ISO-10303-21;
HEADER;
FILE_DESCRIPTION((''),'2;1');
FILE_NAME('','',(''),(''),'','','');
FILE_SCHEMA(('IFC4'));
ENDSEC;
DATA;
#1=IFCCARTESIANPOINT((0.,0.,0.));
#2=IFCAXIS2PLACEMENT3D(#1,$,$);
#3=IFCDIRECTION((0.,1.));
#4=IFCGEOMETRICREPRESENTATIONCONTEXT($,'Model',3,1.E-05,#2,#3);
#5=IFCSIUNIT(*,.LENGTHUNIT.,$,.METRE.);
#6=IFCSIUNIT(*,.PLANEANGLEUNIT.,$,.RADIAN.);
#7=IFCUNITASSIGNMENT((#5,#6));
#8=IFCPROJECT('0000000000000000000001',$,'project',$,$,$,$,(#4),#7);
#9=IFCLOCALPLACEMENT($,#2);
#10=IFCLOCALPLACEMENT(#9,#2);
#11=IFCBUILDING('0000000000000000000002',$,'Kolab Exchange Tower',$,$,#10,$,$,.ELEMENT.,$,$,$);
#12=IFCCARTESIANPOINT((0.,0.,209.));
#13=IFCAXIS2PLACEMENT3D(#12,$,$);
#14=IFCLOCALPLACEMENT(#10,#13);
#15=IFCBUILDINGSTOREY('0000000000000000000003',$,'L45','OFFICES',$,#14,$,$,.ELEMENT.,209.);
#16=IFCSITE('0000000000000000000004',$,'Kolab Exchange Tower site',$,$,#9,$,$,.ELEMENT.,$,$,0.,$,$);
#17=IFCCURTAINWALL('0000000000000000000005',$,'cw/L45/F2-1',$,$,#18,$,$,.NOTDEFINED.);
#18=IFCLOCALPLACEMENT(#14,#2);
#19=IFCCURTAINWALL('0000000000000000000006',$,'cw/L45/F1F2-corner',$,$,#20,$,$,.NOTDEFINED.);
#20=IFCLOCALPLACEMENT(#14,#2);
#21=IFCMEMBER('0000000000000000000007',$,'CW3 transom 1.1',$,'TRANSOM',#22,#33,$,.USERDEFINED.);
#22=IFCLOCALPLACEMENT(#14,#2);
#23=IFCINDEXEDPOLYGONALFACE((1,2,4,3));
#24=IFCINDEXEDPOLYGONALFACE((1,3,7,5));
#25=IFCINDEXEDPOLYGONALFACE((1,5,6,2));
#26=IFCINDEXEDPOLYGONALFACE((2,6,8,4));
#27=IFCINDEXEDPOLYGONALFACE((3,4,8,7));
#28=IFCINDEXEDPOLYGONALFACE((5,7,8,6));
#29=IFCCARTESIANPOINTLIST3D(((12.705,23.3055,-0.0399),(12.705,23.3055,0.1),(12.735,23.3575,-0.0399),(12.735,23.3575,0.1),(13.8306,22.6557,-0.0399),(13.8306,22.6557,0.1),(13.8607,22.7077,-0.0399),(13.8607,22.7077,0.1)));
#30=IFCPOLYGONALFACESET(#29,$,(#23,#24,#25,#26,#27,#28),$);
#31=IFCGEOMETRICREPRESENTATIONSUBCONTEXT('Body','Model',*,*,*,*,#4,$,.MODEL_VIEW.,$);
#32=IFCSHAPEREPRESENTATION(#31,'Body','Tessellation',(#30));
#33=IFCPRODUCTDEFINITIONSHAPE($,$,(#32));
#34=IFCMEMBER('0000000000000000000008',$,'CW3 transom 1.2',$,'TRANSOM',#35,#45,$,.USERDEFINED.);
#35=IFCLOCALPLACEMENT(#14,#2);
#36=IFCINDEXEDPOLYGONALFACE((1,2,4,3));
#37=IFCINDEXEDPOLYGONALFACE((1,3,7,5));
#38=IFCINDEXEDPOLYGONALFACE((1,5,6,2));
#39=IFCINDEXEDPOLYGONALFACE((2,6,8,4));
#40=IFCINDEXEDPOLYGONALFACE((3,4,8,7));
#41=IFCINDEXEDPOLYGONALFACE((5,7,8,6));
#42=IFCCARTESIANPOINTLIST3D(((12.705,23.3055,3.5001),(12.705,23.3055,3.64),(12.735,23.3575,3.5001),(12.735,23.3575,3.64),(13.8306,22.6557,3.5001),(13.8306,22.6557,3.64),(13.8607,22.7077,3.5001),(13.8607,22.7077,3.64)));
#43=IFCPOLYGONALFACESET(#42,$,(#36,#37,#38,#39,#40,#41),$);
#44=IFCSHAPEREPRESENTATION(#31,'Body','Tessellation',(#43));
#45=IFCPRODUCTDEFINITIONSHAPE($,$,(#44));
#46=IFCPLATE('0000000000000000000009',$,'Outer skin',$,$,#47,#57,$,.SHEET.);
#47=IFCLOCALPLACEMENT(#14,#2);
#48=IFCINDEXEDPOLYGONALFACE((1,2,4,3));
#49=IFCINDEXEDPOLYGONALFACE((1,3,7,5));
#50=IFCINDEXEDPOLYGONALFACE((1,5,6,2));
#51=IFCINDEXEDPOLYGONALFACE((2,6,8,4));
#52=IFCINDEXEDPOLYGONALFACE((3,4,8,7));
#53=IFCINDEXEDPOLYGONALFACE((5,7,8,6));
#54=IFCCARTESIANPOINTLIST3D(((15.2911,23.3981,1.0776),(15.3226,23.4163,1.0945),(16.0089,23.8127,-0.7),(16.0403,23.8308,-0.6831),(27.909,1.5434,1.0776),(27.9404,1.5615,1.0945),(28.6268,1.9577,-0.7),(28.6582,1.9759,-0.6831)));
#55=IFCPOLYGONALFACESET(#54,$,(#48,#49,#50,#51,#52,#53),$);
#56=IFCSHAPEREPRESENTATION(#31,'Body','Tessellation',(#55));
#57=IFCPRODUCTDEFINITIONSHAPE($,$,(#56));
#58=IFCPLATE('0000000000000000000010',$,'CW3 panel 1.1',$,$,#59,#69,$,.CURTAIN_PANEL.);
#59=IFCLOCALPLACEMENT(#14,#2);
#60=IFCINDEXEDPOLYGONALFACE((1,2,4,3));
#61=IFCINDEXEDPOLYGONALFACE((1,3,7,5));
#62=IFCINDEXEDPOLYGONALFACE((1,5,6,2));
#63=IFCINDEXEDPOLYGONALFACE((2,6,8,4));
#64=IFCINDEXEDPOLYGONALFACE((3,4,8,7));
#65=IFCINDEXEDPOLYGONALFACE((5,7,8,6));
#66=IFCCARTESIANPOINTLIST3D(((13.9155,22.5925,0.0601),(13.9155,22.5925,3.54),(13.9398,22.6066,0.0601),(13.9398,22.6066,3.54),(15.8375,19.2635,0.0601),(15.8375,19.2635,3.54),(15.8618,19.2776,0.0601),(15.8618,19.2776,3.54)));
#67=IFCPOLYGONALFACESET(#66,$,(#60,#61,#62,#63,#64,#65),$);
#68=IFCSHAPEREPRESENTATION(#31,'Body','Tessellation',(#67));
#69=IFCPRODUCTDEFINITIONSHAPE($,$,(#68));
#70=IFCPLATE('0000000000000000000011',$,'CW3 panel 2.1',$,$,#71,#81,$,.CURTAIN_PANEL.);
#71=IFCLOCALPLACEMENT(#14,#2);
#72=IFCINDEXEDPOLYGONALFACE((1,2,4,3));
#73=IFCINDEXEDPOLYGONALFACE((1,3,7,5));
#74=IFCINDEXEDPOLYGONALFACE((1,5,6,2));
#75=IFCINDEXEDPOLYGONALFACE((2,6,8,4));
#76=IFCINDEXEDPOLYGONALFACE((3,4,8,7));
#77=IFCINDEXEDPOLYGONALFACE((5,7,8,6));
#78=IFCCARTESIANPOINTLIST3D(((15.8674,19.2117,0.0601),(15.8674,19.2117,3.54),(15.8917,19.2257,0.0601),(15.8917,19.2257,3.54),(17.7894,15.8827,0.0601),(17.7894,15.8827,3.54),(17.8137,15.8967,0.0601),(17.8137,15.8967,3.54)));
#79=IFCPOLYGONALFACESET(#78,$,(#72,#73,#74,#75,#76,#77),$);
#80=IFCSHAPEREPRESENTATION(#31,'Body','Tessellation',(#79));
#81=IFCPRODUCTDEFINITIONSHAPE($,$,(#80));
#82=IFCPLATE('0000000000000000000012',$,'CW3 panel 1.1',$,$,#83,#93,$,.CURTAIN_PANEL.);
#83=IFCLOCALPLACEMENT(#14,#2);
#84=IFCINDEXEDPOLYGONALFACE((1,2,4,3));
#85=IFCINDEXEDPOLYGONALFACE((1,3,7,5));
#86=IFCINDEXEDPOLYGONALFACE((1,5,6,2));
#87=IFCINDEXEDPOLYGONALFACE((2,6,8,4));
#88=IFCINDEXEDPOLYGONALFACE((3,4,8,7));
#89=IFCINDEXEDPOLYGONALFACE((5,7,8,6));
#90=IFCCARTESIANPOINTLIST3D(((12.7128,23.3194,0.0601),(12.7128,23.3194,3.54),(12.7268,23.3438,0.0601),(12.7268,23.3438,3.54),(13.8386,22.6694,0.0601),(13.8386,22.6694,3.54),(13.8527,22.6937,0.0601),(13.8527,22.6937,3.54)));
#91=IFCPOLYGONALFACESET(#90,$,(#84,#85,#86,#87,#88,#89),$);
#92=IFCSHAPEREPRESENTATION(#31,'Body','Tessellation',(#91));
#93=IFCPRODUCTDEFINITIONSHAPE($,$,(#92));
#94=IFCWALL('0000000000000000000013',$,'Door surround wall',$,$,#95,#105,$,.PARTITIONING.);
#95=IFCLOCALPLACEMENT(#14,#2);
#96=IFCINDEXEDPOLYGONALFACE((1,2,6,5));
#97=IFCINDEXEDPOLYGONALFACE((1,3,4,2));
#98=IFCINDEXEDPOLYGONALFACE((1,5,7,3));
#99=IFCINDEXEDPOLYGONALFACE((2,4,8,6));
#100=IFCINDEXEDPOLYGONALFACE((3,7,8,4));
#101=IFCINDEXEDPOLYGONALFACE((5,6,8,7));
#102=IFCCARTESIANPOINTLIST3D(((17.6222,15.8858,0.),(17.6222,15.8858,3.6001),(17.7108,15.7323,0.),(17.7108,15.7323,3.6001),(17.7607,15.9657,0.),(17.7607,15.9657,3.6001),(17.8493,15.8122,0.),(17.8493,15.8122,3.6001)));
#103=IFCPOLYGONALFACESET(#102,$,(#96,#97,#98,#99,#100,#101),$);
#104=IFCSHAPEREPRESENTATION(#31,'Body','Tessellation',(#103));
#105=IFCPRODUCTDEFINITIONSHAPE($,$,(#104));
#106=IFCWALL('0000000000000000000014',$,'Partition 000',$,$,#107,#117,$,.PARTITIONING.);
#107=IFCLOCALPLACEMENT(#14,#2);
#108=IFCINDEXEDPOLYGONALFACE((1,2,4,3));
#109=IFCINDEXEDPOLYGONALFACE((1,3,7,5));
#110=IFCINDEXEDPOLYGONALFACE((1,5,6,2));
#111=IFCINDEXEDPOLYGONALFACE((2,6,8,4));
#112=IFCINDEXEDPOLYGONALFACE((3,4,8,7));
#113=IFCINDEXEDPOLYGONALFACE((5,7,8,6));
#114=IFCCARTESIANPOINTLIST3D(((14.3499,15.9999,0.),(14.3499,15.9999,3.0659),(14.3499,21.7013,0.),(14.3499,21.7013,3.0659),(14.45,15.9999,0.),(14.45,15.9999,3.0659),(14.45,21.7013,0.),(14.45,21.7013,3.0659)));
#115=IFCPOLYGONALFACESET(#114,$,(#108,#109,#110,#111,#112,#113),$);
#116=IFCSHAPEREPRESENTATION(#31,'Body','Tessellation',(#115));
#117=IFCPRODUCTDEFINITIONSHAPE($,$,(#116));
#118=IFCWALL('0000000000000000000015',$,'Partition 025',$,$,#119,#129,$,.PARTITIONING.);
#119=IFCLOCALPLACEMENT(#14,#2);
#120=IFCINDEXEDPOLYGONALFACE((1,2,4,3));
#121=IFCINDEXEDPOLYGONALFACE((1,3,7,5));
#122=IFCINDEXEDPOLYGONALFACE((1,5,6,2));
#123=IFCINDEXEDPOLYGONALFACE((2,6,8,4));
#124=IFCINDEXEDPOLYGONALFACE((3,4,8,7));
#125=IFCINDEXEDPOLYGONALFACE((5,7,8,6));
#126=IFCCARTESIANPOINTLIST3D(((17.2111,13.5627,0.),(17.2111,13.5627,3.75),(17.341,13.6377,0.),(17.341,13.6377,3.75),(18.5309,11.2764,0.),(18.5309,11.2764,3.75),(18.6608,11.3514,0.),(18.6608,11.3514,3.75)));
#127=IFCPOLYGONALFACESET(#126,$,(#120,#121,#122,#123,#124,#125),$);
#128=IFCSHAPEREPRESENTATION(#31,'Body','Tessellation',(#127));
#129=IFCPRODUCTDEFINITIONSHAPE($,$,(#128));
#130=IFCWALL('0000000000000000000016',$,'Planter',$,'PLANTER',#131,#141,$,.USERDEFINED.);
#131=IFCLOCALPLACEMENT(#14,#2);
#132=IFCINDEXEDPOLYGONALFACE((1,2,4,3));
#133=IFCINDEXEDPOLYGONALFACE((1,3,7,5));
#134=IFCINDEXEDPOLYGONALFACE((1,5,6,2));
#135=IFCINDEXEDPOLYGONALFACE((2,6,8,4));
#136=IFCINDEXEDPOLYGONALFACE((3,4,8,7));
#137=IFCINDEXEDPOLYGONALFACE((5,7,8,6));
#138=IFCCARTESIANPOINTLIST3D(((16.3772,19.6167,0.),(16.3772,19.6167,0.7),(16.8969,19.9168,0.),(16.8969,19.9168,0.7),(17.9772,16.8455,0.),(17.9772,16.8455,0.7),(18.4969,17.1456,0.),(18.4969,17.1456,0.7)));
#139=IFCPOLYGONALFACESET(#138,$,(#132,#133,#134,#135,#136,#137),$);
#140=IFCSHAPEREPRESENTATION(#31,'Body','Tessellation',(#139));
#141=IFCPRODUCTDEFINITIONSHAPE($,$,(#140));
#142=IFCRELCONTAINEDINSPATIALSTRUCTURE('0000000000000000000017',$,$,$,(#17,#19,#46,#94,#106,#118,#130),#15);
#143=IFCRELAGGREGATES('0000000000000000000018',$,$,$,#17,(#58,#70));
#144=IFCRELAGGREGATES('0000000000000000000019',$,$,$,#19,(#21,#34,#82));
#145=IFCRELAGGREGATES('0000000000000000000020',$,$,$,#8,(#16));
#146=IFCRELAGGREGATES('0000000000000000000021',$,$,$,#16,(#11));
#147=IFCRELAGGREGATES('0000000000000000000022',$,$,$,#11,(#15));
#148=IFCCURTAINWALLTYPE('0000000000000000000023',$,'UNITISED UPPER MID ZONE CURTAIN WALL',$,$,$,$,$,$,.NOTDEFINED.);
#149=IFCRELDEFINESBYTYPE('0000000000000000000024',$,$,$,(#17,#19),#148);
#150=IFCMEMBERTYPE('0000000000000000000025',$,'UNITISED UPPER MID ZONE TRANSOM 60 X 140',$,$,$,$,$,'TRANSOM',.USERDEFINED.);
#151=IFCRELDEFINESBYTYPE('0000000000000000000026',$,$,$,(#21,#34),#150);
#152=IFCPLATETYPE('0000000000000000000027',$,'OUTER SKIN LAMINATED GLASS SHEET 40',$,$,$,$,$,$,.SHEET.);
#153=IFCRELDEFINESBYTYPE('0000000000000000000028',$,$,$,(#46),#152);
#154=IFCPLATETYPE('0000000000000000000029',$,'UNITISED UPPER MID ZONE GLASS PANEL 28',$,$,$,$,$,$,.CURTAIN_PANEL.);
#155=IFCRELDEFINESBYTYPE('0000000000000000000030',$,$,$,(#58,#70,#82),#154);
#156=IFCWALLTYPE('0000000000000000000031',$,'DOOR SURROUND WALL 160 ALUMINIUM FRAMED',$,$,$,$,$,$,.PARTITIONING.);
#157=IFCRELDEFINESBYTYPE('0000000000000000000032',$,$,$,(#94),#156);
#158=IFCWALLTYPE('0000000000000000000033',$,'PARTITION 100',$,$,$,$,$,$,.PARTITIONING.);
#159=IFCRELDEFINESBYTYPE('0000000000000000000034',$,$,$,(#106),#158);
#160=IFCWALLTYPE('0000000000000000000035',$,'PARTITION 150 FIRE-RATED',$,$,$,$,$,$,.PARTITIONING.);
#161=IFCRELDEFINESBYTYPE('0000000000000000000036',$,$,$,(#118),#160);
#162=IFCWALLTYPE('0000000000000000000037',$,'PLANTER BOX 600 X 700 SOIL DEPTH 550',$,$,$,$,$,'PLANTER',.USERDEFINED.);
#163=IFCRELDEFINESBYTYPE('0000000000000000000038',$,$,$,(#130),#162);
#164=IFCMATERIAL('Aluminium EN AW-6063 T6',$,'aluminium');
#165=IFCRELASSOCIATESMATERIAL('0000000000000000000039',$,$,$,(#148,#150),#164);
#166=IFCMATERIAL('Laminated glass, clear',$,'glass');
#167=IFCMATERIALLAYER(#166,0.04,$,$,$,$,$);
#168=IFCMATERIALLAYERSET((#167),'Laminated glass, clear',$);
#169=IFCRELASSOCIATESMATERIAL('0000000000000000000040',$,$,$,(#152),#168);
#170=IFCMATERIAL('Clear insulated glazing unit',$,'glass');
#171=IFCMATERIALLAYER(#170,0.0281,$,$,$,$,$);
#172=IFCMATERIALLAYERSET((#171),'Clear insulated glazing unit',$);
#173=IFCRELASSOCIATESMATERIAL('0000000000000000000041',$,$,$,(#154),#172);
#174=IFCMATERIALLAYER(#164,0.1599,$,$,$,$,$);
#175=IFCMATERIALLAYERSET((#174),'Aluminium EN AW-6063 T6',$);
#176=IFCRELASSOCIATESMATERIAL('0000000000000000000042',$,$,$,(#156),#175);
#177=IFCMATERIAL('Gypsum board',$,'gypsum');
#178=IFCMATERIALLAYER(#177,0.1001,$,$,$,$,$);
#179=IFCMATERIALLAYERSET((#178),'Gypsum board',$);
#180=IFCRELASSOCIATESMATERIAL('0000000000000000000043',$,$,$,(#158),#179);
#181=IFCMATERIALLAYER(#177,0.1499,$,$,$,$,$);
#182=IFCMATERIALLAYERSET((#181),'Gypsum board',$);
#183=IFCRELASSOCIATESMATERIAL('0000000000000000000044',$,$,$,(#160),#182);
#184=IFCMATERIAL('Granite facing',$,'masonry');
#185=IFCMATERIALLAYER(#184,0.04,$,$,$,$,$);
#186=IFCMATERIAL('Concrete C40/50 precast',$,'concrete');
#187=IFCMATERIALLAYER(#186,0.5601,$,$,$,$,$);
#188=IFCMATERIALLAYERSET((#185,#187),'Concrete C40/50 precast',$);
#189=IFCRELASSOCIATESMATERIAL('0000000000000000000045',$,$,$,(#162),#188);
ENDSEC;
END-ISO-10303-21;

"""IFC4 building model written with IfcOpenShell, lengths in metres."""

from ifc_helpers import new_model, si_unit, direction, frame, frame_2d, origin, origin_2d, place, context, subcontext, project, spatial, polyline, rectangle, outline, extrude, material, layer, layer_set, material_profile, profile_set, type_object, element, aggregate, save


model = new_model("IFC4")

# Units and contexts
model_context = context("Model", 3, precision=1e-05, world=origin(), true_north=direction((0.0, 1.0)))
body_context = subcontext(model_context, "Body", "Model", "MODEL_VIEW")
ifc_project = project(units=[si_unit("LENGTHUNIT", "METRE"), si_unit("PLANEANGLEUNIT", "RADIAN")], contexts=[model_context])

# Site, building, storey
site_placement = place(None, origin())
site = spatial("IfcSite", under=ifc_project, at=site_placement, Name="Kolab Exchange Tower site", CompositionType="ELEMENT", RefElevation=0.0)
building_placement = place(site_placement, origin())
building = spatial("IfcBuilding", under=site, at=building_placement, Name="Kolab Exchange Tower", CompositionType="ELEMENT")
storey_placement = place(building_placement, frame((0.0, 0.0, 209.0)))
storey = spatial("IfcBuildingStorey", under=building, at=storey_placement, Name="L45", Description="OFFICES", CompositionType="ELEMENT", Elevation=209.0)

# Curtain wall
ifc_material_1 = material(Name="Aluminium EN AW-6063 T6", Category="aluminium")
curtain_wall_type = type_object("IfcCurtainWallType", Name="UNITISED UPPER MID ZONE CURTAIN WALL", PredefinedType="NOTDEFINED", material=ifc_material_1)
curtain_wall_1_placement = place(storey_placement, origin())
curtain_wall_1 = element("IfcCurtainWall", 1, at=curtain_wall_1_placement, inside=storey, type_object=curtain_wall_type, Name="cw/L45/F2-1", PredefinedType="NOTDEFINED")

# Curtain wall
curtain_wall_2_placement = place(storey_placement, origin())
curtain_wall_2 = element("IfcCurtainWall", 2, at=curtain_wall_2_placement, inside=storey, type_object=curtain_wall_type, Name="cw/L45/F1F2-corner", PredefinedType="NOTDEFINED")

# Members
ifc_material_profile_1 = material_profile(ifc_material_1, rectangle(XDim=0.0601, YDim=0.1399, at=origin_2d()), Name="RECT 60X140")
ifc_profile_set_1 = profile_set([ifc_material_profile_1], Name="Aluminium EN AW-6063 T6")
member_type_1 = type_object("IfcMemberType", Name="UNITISED UPPER MID ZONE TRANSOM 60 X 140", ElementType="TRANSOM", PredefinedType="USERDEFINED", material=ifc_profile_set_1)
member_1_placement = place(storey_placement, frame((12.72, 23.3315, 0.03), z_axis=(0.866039, -0.499977, 0.0), x_axis=(0.499977, 0.866039, 0.0)))
member_1 = element("IfcMember", 3, at=member_1_placement, type_object=member_type_1, Name="CW3 transom 1.1", ObjectType="TRANSOM", PredefinedType="USERDEFINED", context=body_context, shape_type="SweptSolid", body=[
    extrude(rectangle(XDim=0.0601, YDim=0.1399, at=origin_2d()), origin(), (0.0, 0.0, 1.0), 1.2998),
])
member_2_placement = place(storey_placement, frame((12.72, 23.3315, 3.5701), z_axis=(0.866039, -0.499977, 0.0), x_axis=(0.499977, 0.866039, 0.0)))
member_2 = element("IfcMember", 4, at=member_2_placement, type_object=member_type_1, Name="CW3 transom 1.2", ObjectType="TRANSOM", PredefinedType="USERDEFINED", context=body_context, shape_type="SweptSolid", body=[
    extrude(rectangle(XDim=0.0601, YDim=0.1399, at=origin_2d()), origin(), (0.0, 0.0, 1.0), 1.2998),
])

# Plates
ifc_material_2 = material(Name="Laminated glass, clear", Category="glass")
ifc_layer_1 = layer(ifc_material_2, 0.04)
ifc_layer_set_1 = layer_set([ifc_layer_1], Name="Laminated glass, clear")
plate_type_1 = type_object("IfcPlateType", Name="OUTER SKIN LAMINATED GLASS SHEET 40", PredefinedType="SHEET", material=ifc_layer_set_1)
plate_1_placement = place(storey_placement, frame((16.0403, 23.8308, -0.6831), z_axis=(0.784899, 0.453162, 0.422585), x_axis=(0.5, -0.866025, 0.000001)))
element("IfcPlate", 5, at=plate_1_placement, inside=storey, type_object=plate_type_1, Name="Outer skin", PredefinedType="SHEET", context=body_context, shape_type="SweptSolid", body=[
    extrude(outline(polyline([(0.0, 0.0), (25.2359, 0.0), (25.2358, -1.9613), (0.0001, -1.9613), (0.0, 0.0)])), origin(), (0.0, 0.0, -1.0), 0.04),
])
ifc_material_3 = material(Name="Clear insulated glazing unit", Category="glass")
ifc_layer_2 = layer(ifc_material_3, 0.0281)
ifc_layer_set_2 = layer_set([ifc_layer_2], Name="Clear insulated glazing unit")
plate_type_2 = type_object("IfcPlateType", Name="UNITISED UPPER MID ZONE GLASS PANEL 28", PredefinedType="CURTAIN_PANEL", material=ifc_layer_set_2)
plate_2_placement = place(storey_placement, frame((14.8887, 20.9351, 0.0601), z_axis=(0.0, 0.0, 1.0), x_axis=(0.5, -0.866025, 0.0)))
plate_2 = element("IfcPlate", 6, at=plate_2_placement, type_object=plate_type_2, Name="CW3 panel 1.1", PredefinedType="CURTAIN_PANEL", context=body_context, shape_type="SweptSolid", body=[
    extrude(rectangle(XDim=3.844, YDim=0.0281, at=origin_2d()), origin(), (0.0, 0.0, 1.0), 3.48),
])
plate_3_placement = place(storey_placement, frame((16.8406, 17.5542, 0.0601), z_axis=(0.0, 0.0, 1.0), x_axis=(0.5, -0.866025, 0.0)))
plate_3 = element("IfcPlate", 7, at=plate_3_placement, type_object=plate_type_2, Name="CW3 panel 2.1", PredefinedType="CURTAIN_PANEL", context=body_context, shape_type="SweptSolid", body=[
    extrude(rectangle(XDim=3.844, YDim=0.0281, at=origin_2d()), origin(), (0.0, 0.0, 1.0), 3.48),
])
aggregate(curtain_wall_1, [plate_2, plate_3])
plate_4_placement = place(storey_placement, frame((13.2827, 23.0066, 0.0601), z_axis=(0.0, 0.0, 1.0), x_axis=(0.866025, -0.5, 0.0)))
plate_4 = element("IfcPlate", 8, at=plate_4_placement, type_object=plate_type_2, Name="CW3 panel 1.1", PredefinedType="CURTAIN_PANEL", context=body_context, shape_type="SweptSolid", body=[
    extrude(rectangle(XDim=1.3, YDim=0.0281, at=origin_2d()), origin(), (0.0, 0.0, 1.0), 3.48),
])
aggregate(curtain_wall_2, [member_1, member_2, plate_4])

# Shared definitions
ifc_layer_3 = layer(ifc_material_1, 0.1599)
ifc_layer_set_3 = layer_set([ifc_layer_3], Name="Aluminium EN AW-6063 T6")
wall_type_1 = type_object("IfcWallType", Name="DOOR SURROUND WALL 160 ALUMINIUM FRAMED", PredefinedType="PARTITIONING", material=ifc_layer_set_3)

# Walls
wall_1_placement = place(storey_placement, frame((17.78, 15.7722, 0.0), z_axis=(0.0, 0.0, 1.0), x_axis=(-0.499842, 0.866117, 0.0)))
element("IfcWall", 9, at=wall_1_placement, inside=storey, type_object=wall_type_1, Name="Door surround wall", PredefinedType="PARTITIONING", context=body_context, shape_type="SweptSolid", body=[
    extrude(rectangle(XDim=0.1772, YDim=0.1599, at=frame_2d((0.0886, 0.0))), origin(), (0.0, 0.0, 1.0), 3.6001),
])
ifc_material_4 = material(Name="Gypsum board", Category="gypsum")
ifc_layer_4 = layer(ifc_material_4, 0.1001)
ifc_layer_set_4 = layer_set([ifc_layer_4], Name="Gypsum board")
wall_type_2 = type_object("IfcWallType", Name="PARTITION 100", PredefinedType="PARTITIONING", material=ifc_layer_set_4)
wall_2_placement = place(storey_placement, frame((14.3999, 16.0, 0.0), z_axis=(0.0, 0.0, 1.0), x_axis=(0.0, 1.0, 0.0)))
element("IfcWall", 10, at=wall_2_placement, inside=storey, type_object=wall_type_2, Name="Partition 000", PredefinedType="PARTITIONING", context=body_context, shape_type="SweptSolid", body=[
    extrude(rectangle(XDim=5.7014, YDim=0.1001, at=frame_2d((2.8506, 0.0))), origin(), (0.0, 0.0, 1.0), 3.0659),
])
ifc_layer_5 = layer(ifc_material_4, 0.1499)
ifc_layer_set_5 = layer_set([ifc_layer_5], Name="Gypsum board")
wall_type_3 = type_object("IfcWallType", Name="PARTITION 150 FIRE-RATED", PredefinedType="PARTITIONING", material=ifc_layer_set_5)
wall_3_placement = place(storey_placement, frame((17.2761, 13.6001, 0.0), z_axis=(0.0, 0.0, 1.0), x_axis=(0.499939, -0.866061, 0.0)))
element("IfcWall", 11, at=wall_3_placement, inside=storey, type_object=wall_type_3, Name="Partition 025", PredefinedType="PARTITIONING", context=body_context, shape_type="SweptSolid", body=[
    extrude(rectangle(XDim=2.6399, YDim=0.1499, at=frame_2d((1.3198, 0.0))), origin(), (0.0, 0.0, 1.0), 3.75),
])
ifc_material_5 = material(Name="Granite facing", Category="masonry")
ifc_layer_6 = layer(ifc_material_5, 0.04)
ifc_material_6 = material(Name="Concrete C40/50 precast", Category="concrete")
ifc_layer_7 = layer(ifc_material_6, 0.5601)
ifc_layer_set_6 = layer_set([ifc_layer_6, ifc_layer_7], Name="Concrete C40/50 precast")
wall_type_4 = type_object("IfcWallType", Name="PLANTER BOX 600 X 700 SOIL DEPTH 550", ElementType="PLANTER", PredefinedType="USERDEFINED", material=ifc_layer_set_6)
wall_4_placement = place(storey_placement, frame((16.637, 19.7668, 0.0), z_axis=(0.0, 0.0, 1.0), x_axis=(0.500028, -0.866009, 0.0)))
element("IfcWall", 12, at=wall_4_placement, inside=storey, type_object=wall_type_4, Name="Planter", ObjectType="PLANTER", PredefinedType="USERDEFINED", context=body_context, shape_type="SweptSolid", body=[
    extrude(rectangle(XDim=3.2, YDim=0.6001, at=frame_2d((1.6001, 0.0))), origin(), (0.0, 0.0, 1.0), 0.7),
])

save(model, "model.ifc")
